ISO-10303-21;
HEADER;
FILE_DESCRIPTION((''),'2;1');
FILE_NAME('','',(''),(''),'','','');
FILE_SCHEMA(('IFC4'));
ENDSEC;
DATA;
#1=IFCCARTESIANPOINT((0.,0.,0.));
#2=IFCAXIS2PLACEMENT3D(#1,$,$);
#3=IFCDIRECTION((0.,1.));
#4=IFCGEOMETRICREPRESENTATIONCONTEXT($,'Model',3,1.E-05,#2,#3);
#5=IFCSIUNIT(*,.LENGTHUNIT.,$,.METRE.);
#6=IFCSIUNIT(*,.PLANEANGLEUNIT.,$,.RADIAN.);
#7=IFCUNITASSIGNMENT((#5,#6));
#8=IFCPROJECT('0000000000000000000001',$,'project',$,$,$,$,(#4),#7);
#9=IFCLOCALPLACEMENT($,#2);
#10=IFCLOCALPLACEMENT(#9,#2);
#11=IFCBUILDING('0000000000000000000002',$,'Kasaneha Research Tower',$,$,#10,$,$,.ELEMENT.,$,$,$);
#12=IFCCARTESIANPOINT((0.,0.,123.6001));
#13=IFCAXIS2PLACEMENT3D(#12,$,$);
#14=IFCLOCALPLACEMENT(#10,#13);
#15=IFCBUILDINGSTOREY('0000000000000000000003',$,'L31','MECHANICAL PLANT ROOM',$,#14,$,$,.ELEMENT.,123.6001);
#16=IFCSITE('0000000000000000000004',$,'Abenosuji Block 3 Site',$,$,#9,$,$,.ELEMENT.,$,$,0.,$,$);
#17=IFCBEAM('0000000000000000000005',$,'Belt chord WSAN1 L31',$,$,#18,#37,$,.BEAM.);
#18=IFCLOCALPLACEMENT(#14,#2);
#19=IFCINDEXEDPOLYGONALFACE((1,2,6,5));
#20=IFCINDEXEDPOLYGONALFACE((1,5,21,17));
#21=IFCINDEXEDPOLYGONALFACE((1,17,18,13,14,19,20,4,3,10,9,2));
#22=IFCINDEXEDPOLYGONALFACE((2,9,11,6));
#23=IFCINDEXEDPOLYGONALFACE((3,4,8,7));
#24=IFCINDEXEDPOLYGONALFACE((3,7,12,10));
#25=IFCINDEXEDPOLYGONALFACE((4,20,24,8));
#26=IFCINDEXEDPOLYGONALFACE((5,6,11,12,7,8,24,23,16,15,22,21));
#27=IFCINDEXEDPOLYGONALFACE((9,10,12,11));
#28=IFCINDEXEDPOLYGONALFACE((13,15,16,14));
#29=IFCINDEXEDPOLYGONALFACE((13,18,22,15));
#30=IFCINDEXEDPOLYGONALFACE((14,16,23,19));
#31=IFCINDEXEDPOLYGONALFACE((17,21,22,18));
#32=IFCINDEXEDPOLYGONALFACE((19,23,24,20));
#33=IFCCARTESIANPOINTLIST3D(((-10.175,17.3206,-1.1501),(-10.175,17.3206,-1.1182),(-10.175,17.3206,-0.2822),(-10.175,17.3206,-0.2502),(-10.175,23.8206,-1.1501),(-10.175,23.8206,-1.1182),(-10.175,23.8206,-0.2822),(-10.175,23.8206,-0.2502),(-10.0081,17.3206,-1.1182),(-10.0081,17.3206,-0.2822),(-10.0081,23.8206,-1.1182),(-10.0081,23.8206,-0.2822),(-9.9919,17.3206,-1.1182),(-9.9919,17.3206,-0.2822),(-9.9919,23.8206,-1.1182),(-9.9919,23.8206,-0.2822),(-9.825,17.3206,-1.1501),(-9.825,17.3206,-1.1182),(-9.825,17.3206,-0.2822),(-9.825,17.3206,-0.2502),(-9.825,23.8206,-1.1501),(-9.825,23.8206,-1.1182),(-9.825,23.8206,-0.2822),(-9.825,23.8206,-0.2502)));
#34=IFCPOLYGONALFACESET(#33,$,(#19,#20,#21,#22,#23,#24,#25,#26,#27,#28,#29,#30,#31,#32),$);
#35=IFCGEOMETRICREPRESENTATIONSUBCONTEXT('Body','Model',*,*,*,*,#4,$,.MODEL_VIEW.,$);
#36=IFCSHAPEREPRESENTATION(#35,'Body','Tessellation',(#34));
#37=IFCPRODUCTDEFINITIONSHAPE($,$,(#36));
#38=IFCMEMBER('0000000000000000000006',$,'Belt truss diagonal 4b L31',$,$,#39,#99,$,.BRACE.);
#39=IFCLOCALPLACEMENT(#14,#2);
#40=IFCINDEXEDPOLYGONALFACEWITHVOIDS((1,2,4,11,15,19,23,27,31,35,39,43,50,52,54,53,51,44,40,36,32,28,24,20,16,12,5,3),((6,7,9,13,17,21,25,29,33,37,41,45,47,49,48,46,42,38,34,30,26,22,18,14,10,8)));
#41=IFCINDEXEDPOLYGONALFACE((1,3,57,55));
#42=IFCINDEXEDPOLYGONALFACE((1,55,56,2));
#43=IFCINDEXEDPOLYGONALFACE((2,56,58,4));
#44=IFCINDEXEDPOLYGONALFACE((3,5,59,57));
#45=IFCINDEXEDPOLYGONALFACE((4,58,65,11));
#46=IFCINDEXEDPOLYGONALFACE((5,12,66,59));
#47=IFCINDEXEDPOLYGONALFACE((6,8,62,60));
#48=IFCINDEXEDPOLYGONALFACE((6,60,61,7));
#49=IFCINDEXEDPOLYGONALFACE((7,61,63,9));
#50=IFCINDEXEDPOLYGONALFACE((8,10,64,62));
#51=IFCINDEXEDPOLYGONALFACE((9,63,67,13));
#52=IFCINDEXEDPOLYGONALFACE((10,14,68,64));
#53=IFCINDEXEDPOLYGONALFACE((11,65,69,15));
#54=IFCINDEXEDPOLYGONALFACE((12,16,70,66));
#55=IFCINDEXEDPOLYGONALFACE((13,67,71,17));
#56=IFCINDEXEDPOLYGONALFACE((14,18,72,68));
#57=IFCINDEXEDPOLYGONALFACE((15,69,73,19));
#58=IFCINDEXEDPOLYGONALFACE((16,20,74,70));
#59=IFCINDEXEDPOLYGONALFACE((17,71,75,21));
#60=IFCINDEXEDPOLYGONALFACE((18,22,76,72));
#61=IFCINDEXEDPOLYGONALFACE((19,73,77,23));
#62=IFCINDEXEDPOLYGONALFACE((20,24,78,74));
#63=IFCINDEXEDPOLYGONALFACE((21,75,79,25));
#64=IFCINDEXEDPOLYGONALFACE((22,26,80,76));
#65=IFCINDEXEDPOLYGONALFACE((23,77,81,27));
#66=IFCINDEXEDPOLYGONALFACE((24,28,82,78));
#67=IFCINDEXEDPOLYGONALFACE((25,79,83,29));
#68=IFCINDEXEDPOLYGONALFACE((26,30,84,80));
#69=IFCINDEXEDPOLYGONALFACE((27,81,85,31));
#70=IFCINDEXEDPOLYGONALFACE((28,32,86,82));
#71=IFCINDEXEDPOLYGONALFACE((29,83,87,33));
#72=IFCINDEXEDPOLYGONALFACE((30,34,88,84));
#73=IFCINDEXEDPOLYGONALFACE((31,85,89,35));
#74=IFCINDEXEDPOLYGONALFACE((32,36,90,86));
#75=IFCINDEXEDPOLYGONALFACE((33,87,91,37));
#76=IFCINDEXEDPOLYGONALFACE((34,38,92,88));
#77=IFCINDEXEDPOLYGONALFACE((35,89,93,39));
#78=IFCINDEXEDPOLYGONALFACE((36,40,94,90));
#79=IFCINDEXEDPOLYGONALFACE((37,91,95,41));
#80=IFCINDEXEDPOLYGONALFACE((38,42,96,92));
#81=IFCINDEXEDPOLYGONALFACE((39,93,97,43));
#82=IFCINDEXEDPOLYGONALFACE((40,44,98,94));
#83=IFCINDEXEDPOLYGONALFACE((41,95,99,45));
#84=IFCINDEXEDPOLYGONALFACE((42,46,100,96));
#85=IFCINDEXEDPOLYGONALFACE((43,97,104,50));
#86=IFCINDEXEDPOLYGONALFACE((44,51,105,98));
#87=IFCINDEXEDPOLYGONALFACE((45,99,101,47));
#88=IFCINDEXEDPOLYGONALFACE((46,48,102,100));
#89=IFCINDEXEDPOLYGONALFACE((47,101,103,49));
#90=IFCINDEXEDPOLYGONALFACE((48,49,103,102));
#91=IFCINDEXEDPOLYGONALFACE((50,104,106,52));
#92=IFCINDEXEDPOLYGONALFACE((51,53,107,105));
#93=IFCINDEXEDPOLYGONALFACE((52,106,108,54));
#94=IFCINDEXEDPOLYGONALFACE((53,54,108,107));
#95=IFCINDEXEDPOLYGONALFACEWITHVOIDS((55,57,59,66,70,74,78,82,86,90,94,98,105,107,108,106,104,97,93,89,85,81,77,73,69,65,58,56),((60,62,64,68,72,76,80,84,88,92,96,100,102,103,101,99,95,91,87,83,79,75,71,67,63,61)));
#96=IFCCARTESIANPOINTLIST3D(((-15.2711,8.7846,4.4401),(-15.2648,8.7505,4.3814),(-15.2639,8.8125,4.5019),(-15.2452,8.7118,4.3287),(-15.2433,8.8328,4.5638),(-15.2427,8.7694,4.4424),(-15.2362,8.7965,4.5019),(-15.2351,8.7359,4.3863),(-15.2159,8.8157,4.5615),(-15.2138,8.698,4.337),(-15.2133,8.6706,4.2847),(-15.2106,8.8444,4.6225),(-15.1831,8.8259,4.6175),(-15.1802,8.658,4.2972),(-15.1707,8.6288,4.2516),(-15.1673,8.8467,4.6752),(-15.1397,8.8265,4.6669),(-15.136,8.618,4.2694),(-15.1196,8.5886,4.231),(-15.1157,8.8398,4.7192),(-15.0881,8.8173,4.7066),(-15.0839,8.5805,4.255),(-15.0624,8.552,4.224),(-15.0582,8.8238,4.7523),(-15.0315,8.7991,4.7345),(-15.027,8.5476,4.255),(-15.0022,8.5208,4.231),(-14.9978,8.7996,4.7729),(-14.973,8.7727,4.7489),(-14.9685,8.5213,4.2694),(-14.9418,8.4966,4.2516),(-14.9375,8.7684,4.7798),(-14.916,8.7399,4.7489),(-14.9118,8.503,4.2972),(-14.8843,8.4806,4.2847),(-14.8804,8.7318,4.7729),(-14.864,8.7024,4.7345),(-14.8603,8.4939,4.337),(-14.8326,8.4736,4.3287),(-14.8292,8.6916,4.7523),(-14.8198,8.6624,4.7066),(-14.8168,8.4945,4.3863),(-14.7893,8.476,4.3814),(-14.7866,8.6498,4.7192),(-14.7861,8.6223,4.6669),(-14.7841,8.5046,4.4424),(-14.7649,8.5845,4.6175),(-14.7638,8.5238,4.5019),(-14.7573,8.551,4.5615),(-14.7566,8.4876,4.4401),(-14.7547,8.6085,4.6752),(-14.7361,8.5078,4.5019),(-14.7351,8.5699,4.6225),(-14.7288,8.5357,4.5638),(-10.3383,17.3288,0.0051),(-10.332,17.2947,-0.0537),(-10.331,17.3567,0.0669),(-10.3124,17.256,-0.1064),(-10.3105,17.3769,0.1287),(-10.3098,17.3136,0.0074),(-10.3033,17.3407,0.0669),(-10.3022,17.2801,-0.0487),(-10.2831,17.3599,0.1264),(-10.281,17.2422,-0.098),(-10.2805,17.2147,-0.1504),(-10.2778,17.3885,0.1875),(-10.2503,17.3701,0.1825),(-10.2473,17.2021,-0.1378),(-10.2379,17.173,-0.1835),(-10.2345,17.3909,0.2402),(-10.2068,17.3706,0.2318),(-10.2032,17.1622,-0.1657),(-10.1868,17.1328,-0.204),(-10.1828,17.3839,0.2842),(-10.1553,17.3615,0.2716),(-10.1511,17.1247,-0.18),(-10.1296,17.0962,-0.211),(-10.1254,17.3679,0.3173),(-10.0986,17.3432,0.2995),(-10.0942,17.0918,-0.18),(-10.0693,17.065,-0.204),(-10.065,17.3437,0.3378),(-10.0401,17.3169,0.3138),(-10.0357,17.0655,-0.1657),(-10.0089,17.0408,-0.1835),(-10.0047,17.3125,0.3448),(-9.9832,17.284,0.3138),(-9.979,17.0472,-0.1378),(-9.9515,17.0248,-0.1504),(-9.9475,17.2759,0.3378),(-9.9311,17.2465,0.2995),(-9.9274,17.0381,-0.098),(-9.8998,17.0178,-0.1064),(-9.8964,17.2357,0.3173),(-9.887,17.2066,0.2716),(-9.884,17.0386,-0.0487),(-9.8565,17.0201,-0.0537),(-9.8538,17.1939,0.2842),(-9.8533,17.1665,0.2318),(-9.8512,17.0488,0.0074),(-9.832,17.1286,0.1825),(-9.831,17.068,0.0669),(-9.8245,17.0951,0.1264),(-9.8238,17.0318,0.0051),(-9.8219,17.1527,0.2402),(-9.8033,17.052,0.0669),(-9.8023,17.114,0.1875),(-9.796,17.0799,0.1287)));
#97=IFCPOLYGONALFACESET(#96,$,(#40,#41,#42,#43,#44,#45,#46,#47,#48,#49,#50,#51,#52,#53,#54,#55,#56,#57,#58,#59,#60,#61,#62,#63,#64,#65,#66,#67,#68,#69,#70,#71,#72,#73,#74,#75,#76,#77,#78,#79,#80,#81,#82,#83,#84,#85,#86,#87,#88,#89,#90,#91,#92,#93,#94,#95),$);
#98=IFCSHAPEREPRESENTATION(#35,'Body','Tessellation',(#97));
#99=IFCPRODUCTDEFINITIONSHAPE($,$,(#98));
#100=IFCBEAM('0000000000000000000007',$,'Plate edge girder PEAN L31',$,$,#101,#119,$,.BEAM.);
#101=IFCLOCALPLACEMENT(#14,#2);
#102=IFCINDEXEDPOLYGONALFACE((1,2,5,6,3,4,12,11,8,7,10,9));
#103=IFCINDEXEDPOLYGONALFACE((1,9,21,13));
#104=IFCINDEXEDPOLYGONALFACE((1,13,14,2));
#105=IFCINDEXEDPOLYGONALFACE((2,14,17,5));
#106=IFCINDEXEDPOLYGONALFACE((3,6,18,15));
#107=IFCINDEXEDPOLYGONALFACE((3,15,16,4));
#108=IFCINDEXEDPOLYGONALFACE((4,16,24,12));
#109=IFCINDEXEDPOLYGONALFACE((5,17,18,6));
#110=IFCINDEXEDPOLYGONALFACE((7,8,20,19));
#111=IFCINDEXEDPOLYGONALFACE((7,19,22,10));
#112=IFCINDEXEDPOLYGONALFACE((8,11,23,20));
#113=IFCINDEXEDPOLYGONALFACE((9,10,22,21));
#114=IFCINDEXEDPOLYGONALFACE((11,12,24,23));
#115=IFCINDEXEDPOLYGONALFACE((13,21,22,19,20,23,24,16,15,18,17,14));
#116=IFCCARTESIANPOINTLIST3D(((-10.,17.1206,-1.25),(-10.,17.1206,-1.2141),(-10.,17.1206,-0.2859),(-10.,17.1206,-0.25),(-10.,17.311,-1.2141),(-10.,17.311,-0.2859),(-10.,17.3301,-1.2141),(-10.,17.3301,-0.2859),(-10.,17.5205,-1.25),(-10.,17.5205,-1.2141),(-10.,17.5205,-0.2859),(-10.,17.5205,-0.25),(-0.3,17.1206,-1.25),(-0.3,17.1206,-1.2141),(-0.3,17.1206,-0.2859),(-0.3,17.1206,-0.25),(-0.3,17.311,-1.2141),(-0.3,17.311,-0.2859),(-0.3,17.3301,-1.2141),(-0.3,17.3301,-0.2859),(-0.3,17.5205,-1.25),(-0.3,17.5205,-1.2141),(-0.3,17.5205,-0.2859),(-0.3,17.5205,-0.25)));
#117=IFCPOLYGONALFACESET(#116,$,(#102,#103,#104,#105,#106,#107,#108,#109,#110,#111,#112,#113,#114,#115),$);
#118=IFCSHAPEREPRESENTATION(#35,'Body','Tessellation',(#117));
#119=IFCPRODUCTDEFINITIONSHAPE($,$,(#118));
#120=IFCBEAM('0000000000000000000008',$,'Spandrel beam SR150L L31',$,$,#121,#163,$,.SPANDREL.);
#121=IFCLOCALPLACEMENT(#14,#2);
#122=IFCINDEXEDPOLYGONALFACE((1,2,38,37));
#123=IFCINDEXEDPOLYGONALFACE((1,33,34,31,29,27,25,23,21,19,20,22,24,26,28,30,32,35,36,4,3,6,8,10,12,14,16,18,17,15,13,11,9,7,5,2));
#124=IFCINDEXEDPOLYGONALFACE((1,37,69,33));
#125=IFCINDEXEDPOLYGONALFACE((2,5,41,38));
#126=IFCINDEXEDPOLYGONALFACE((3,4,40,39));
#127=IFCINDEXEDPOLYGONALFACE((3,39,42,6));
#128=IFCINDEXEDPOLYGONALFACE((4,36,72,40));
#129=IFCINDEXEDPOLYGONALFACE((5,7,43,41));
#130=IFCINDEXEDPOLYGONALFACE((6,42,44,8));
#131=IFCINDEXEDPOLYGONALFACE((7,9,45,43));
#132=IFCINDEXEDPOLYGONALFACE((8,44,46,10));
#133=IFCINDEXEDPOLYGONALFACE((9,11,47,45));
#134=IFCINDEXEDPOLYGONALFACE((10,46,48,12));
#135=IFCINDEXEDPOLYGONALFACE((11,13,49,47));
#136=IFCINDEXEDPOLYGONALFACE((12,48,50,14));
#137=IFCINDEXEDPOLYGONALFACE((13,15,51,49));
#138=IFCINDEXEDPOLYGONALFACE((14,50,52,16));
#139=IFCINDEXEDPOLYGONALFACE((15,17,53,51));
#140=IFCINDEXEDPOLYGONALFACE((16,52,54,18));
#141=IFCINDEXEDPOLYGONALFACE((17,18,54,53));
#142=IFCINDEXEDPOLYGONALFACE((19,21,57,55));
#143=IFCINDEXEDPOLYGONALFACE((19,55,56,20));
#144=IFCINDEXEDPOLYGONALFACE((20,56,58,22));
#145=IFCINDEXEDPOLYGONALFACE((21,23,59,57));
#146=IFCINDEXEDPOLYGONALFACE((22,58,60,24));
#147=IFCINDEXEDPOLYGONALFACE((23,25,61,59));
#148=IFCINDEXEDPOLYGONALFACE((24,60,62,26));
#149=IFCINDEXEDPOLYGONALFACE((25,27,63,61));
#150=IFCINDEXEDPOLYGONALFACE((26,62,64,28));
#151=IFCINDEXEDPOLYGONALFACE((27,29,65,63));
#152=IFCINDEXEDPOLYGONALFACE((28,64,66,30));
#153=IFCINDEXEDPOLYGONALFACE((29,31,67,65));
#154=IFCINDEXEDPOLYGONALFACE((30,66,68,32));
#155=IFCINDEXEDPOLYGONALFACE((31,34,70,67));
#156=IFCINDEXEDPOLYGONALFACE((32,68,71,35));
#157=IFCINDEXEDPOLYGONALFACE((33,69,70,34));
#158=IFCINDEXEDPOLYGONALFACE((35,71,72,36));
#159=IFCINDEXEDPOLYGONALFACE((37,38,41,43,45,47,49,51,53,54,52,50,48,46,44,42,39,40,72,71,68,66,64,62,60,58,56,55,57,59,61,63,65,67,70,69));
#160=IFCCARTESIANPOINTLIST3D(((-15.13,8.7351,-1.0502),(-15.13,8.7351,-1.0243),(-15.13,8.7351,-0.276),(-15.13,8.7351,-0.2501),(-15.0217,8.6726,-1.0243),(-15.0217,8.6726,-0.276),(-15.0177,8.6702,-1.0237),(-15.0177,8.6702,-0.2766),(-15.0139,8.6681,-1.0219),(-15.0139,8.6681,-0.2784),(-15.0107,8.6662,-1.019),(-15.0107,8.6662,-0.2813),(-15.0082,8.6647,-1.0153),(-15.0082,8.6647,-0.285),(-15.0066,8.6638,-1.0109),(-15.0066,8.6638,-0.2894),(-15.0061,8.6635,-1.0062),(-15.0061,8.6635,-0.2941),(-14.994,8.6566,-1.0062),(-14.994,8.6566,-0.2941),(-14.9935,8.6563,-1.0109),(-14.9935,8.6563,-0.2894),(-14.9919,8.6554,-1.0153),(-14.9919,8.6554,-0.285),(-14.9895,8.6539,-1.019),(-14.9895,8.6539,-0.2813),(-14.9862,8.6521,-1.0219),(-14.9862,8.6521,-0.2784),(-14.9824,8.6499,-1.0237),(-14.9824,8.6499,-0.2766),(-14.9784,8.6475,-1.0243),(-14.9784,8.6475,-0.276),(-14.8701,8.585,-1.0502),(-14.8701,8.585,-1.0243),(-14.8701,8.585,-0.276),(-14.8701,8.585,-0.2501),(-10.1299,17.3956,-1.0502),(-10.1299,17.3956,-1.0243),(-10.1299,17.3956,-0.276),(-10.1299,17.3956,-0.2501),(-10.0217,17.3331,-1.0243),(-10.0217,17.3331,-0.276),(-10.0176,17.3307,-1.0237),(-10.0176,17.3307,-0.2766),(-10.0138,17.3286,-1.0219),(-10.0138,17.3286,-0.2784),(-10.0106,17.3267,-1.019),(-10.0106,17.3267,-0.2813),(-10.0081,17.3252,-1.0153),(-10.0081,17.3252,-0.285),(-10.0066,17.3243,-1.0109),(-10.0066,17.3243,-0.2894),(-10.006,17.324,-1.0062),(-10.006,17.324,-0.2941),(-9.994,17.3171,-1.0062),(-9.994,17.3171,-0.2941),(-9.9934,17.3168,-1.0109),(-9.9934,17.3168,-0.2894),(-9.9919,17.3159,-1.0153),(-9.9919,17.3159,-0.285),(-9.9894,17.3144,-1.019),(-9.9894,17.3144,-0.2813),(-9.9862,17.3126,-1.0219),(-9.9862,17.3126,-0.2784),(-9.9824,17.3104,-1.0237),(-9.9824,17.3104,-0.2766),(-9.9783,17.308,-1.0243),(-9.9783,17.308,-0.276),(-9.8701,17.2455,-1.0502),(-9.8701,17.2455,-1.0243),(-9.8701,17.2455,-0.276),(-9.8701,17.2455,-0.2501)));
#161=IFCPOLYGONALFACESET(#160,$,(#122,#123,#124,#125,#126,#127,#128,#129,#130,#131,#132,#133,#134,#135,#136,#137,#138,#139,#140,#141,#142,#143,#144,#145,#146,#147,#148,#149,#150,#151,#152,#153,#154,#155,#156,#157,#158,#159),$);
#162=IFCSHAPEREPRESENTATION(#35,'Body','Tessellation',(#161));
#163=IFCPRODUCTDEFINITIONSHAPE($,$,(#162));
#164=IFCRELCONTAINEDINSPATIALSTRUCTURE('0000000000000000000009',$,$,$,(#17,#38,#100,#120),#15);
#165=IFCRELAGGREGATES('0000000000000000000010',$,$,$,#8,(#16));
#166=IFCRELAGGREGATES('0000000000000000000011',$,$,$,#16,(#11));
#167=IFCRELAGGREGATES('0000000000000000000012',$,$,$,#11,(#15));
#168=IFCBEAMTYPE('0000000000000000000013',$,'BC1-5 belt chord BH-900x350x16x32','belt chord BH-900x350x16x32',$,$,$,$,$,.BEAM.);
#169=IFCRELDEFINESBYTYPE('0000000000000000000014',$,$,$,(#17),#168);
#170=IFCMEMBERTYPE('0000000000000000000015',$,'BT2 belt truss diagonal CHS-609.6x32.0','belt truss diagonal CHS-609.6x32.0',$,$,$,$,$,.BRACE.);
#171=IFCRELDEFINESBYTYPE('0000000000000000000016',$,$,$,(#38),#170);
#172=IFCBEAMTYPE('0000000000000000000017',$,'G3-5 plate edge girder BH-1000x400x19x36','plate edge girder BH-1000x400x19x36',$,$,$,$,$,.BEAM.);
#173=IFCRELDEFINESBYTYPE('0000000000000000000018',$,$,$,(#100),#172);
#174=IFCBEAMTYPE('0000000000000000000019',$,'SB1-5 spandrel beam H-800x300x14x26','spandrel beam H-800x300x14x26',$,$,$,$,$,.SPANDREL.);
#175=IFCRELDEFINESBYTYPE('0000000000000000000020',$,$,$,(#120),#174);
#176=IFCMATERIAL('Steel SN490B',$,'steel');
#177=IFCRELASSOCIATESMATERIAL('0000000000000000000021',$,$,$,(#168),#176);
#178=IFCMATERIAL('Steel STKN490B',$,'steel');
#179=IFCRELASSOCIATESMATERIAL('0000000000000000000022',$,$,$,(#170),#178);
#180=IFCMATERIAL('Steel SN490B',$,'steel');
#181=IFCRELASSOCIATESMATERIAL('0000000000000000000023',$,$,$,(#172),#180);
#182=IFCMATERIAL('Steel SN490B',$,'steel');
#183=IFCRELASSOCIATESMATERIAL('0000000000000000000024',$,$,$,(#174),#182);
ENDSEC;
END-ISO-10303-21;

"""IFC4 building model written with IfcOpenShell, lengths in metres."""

from ifc_helpers import new_model, si_unit, direction, frame, origin, origin_2d, place, context, subcontext, project, spatial, hollow_circle, i_section, extrude, material, material_profile, profile_set, type_object, element, save


model = new_model("IFC4")

# Units and contexts
model_context = context("Model", 3, precision=1e-05, world=origin(), true_north=direction((0.0, 1.0)))
body_context = subcontext(model_context, "Body", "Model", "MODEL_VIEW")
ifc_project = project(units=[si_unit("LENGTHUNIT", "METRE"), si_unit("PLANEANGLEUNIT", "RADIAN")], contexts=[model_context])

# Site, building, storey
site_placement = place(None, origin())
site = spatial("IfcSite", under=ifc_project, at=site_placement, Name="Abenosuji Block 3 Site", CompositionType="ELEMENT", RefElevation=0.0)
building_placement = place(site_placement, origin())
building = spatial("IfcBuilding", under=site, at=building_placement, Name="Kasaneha Research Tower", CompositionType="ELEMENT")
storey_placement = place(building_placement, frame((0.0, 0.0, 123.6001)))
storey = spatial("IfcBuildingStorey", under=building, at=storey_placement, Name="L31", Description="MECHANICAL PLANT ROOM", CompositionType="ELEMENT", Elevation=123.6001)

# Beam
ifc_material_1 = material(Name="Steel SN490B", Category="steel")
ifc_material_profile_1 = material_profile(ifc_material_1, i_section(OverallWidth=0.3501, OverallDepth=0.8999, WebThickness=0.0161, FlangeThickness=0.032, at=origin_2d()), Name="BH-900x350x16x32")
ifc_profile_set_1 = profile_set([ifc_material_profile_1], Name="Steel SN490B")
beam_type_1 = type_object("IfcBeamType", Name="BC1-5 belt chord BH-900x350x16x32", Description="belt chord BH-900x350x16x32", PredefinedType="BEAM", material=ifc_profile_set_1)
beam_1_placement = place(storey_placement, frame((-10.0, 17.3206, -0.7002), z_axis=(0.0, 1.0, 0.0), x_axis=(-1.0, 0.0, 0.0)))
element("IfcBeam", 1, at=beam_1_placement, inside=storey, type_object=beam_type_1, Name="Belt chord WSAN1 L31", PredefinedType="BEAM", context=body_context, shape_type="SweptSolid", body=[
    extrude(i_section(OverallWidth=0.3501, OverallDepth=0.8999, WebThickness=0.0161, FlangeThickness=0.032, at=origin_2d()), origin(), (0.0, 0.0, 1.0), 6.5),
])

# Member
ifc_material_2 = material(Name="Steel STKN490B", Category="steel")
ifc_material_profile_2 = material_profile(ifc_material_2, hollow_circle(Radius=0.3047, WallThickness=0.032, at=origin_2d()), Name="CHS-609.6x32.0")
ifc_profile_set_2 = profile_set([ifc_material_profile_2], Name="Steel STKN490B")
member_type = type_object("IfcMemberType", Name="BT2 belt truss diagonal CHS-609.6x32.0", Description="belt truss diagonal CHS-609.6x32.0", PredefinedType="BRACE", material=ifc_profile_set_2)
member_placement = place(storey_placement, frame((-10.0671, 17.2043, 0.0669), z_axis=(-0.456031, -0.78989, 0.410011), x_axis=(0.866031, -0.49999, 0.0)))
element("IfcMember", 2, at=member_placement, inside=storey, type_object=member_type, Name="Belt truss diagonal 4b L31", PredefinedType="BRACE", context=body_context, shape_type="SweptSolid", body=[
    extrude(hollow_circle(Radius=0.3047, WallThickness=0.032, at=origin_2d()), origin(), (0.0, 0.0, 1.0), 10.8169),
])

# Beams
ifc_material_3 = material(Name="Steel SN490B", Category="steel")
ifc_material_profile_3 = material_profile(ifc_material_3, i_section(OverallWidth=0.3999, OverallDepth=1.0, WebThickness=0.019, FlangeThickness=0.0359, at=origin_2d()), Name="BH-1000x400x19x36")
ifc_profile_set_3 = profile_set([ifc_material_profile_3], Name="Steel SN490B")
beam_type_2 = type_object("IfcBeamType", Name="G3-5 plate edge girder BH-1000x400x19x36", Description="plate edge girder BH-1000x400x19x36", PredefinedType="BEAM", material=ifc_profile_set_3)
beam_2_placement = place(storey_placement, frame((-10.0, 17.3206, -0.75), z_axis=(1.0, 0.0, 0.0), x_axis=(0.0, 1.0, 0.0)))
element("IfcBeam", 3, at=beam_2_placement, inside=storey, type_object=beam_type_2, Name="Plate edge girder PEAN L31", PredefinedType="BEAM", context=body_context, shape_type="SweptSolid", body=[
    extrude(i_section(OverallWidth=0.3999, OverallDepth=1.0, WebThickness=0.019, FlangeThickness=0.0359, at=origin_2d()), origin(), (0.0, 0.0, 1.0), 9.7),
])
ifc_material_4 = material(Name="Steel SN490B", Category="steel")
ifc_material_profile_4 = material_profile(ifc_material_4, i_section(OverallWidth=0.3, OverallDepth=0.8, WebThickness=0.0139, FlangeThickness=0.0259, FilletRadius=0.0181, at=origin_2d()), Name="H-800x300x14x26")
ifc_profile_set_4 = profile_set([ifc_material_profile_4], Name="Steel SN490B")
beam_type_3 = type_object("IfcBeamType", Name="SB1-5 spandrel beam H-800x300x14x26", Description="spandrel beam H-800x300x14x26", PredefinedType="SPANDREL", material=ifc_profile_set_4)
beam_3_placement = place(storey_placement, frame((-10.0, 17.3206, -0.6501), z_axis=(-0.499994, -0.866029, 0.0), x_axis=(0.866029, -0.499994, 0.0)))
element("IfcBeam", 4, at=beam_3_placement, inside=storey, type_object=beam_type_3, Name="Spandrel beam SR150L L31", PredefinedType="SPANDREL", context=body_context, shape_type="SweptSolid", body=[
    extrude(i_section(OverallWidth=0.3, OverallDepth=0.8, WebThickness=0.0139, FlangeThickness=0.0259, FilletRadius=0.0181, at=origin_2d()), origin(), (0.0, 0.0, 1.0), 10.0002),
])

save(model, "model.ifc")
